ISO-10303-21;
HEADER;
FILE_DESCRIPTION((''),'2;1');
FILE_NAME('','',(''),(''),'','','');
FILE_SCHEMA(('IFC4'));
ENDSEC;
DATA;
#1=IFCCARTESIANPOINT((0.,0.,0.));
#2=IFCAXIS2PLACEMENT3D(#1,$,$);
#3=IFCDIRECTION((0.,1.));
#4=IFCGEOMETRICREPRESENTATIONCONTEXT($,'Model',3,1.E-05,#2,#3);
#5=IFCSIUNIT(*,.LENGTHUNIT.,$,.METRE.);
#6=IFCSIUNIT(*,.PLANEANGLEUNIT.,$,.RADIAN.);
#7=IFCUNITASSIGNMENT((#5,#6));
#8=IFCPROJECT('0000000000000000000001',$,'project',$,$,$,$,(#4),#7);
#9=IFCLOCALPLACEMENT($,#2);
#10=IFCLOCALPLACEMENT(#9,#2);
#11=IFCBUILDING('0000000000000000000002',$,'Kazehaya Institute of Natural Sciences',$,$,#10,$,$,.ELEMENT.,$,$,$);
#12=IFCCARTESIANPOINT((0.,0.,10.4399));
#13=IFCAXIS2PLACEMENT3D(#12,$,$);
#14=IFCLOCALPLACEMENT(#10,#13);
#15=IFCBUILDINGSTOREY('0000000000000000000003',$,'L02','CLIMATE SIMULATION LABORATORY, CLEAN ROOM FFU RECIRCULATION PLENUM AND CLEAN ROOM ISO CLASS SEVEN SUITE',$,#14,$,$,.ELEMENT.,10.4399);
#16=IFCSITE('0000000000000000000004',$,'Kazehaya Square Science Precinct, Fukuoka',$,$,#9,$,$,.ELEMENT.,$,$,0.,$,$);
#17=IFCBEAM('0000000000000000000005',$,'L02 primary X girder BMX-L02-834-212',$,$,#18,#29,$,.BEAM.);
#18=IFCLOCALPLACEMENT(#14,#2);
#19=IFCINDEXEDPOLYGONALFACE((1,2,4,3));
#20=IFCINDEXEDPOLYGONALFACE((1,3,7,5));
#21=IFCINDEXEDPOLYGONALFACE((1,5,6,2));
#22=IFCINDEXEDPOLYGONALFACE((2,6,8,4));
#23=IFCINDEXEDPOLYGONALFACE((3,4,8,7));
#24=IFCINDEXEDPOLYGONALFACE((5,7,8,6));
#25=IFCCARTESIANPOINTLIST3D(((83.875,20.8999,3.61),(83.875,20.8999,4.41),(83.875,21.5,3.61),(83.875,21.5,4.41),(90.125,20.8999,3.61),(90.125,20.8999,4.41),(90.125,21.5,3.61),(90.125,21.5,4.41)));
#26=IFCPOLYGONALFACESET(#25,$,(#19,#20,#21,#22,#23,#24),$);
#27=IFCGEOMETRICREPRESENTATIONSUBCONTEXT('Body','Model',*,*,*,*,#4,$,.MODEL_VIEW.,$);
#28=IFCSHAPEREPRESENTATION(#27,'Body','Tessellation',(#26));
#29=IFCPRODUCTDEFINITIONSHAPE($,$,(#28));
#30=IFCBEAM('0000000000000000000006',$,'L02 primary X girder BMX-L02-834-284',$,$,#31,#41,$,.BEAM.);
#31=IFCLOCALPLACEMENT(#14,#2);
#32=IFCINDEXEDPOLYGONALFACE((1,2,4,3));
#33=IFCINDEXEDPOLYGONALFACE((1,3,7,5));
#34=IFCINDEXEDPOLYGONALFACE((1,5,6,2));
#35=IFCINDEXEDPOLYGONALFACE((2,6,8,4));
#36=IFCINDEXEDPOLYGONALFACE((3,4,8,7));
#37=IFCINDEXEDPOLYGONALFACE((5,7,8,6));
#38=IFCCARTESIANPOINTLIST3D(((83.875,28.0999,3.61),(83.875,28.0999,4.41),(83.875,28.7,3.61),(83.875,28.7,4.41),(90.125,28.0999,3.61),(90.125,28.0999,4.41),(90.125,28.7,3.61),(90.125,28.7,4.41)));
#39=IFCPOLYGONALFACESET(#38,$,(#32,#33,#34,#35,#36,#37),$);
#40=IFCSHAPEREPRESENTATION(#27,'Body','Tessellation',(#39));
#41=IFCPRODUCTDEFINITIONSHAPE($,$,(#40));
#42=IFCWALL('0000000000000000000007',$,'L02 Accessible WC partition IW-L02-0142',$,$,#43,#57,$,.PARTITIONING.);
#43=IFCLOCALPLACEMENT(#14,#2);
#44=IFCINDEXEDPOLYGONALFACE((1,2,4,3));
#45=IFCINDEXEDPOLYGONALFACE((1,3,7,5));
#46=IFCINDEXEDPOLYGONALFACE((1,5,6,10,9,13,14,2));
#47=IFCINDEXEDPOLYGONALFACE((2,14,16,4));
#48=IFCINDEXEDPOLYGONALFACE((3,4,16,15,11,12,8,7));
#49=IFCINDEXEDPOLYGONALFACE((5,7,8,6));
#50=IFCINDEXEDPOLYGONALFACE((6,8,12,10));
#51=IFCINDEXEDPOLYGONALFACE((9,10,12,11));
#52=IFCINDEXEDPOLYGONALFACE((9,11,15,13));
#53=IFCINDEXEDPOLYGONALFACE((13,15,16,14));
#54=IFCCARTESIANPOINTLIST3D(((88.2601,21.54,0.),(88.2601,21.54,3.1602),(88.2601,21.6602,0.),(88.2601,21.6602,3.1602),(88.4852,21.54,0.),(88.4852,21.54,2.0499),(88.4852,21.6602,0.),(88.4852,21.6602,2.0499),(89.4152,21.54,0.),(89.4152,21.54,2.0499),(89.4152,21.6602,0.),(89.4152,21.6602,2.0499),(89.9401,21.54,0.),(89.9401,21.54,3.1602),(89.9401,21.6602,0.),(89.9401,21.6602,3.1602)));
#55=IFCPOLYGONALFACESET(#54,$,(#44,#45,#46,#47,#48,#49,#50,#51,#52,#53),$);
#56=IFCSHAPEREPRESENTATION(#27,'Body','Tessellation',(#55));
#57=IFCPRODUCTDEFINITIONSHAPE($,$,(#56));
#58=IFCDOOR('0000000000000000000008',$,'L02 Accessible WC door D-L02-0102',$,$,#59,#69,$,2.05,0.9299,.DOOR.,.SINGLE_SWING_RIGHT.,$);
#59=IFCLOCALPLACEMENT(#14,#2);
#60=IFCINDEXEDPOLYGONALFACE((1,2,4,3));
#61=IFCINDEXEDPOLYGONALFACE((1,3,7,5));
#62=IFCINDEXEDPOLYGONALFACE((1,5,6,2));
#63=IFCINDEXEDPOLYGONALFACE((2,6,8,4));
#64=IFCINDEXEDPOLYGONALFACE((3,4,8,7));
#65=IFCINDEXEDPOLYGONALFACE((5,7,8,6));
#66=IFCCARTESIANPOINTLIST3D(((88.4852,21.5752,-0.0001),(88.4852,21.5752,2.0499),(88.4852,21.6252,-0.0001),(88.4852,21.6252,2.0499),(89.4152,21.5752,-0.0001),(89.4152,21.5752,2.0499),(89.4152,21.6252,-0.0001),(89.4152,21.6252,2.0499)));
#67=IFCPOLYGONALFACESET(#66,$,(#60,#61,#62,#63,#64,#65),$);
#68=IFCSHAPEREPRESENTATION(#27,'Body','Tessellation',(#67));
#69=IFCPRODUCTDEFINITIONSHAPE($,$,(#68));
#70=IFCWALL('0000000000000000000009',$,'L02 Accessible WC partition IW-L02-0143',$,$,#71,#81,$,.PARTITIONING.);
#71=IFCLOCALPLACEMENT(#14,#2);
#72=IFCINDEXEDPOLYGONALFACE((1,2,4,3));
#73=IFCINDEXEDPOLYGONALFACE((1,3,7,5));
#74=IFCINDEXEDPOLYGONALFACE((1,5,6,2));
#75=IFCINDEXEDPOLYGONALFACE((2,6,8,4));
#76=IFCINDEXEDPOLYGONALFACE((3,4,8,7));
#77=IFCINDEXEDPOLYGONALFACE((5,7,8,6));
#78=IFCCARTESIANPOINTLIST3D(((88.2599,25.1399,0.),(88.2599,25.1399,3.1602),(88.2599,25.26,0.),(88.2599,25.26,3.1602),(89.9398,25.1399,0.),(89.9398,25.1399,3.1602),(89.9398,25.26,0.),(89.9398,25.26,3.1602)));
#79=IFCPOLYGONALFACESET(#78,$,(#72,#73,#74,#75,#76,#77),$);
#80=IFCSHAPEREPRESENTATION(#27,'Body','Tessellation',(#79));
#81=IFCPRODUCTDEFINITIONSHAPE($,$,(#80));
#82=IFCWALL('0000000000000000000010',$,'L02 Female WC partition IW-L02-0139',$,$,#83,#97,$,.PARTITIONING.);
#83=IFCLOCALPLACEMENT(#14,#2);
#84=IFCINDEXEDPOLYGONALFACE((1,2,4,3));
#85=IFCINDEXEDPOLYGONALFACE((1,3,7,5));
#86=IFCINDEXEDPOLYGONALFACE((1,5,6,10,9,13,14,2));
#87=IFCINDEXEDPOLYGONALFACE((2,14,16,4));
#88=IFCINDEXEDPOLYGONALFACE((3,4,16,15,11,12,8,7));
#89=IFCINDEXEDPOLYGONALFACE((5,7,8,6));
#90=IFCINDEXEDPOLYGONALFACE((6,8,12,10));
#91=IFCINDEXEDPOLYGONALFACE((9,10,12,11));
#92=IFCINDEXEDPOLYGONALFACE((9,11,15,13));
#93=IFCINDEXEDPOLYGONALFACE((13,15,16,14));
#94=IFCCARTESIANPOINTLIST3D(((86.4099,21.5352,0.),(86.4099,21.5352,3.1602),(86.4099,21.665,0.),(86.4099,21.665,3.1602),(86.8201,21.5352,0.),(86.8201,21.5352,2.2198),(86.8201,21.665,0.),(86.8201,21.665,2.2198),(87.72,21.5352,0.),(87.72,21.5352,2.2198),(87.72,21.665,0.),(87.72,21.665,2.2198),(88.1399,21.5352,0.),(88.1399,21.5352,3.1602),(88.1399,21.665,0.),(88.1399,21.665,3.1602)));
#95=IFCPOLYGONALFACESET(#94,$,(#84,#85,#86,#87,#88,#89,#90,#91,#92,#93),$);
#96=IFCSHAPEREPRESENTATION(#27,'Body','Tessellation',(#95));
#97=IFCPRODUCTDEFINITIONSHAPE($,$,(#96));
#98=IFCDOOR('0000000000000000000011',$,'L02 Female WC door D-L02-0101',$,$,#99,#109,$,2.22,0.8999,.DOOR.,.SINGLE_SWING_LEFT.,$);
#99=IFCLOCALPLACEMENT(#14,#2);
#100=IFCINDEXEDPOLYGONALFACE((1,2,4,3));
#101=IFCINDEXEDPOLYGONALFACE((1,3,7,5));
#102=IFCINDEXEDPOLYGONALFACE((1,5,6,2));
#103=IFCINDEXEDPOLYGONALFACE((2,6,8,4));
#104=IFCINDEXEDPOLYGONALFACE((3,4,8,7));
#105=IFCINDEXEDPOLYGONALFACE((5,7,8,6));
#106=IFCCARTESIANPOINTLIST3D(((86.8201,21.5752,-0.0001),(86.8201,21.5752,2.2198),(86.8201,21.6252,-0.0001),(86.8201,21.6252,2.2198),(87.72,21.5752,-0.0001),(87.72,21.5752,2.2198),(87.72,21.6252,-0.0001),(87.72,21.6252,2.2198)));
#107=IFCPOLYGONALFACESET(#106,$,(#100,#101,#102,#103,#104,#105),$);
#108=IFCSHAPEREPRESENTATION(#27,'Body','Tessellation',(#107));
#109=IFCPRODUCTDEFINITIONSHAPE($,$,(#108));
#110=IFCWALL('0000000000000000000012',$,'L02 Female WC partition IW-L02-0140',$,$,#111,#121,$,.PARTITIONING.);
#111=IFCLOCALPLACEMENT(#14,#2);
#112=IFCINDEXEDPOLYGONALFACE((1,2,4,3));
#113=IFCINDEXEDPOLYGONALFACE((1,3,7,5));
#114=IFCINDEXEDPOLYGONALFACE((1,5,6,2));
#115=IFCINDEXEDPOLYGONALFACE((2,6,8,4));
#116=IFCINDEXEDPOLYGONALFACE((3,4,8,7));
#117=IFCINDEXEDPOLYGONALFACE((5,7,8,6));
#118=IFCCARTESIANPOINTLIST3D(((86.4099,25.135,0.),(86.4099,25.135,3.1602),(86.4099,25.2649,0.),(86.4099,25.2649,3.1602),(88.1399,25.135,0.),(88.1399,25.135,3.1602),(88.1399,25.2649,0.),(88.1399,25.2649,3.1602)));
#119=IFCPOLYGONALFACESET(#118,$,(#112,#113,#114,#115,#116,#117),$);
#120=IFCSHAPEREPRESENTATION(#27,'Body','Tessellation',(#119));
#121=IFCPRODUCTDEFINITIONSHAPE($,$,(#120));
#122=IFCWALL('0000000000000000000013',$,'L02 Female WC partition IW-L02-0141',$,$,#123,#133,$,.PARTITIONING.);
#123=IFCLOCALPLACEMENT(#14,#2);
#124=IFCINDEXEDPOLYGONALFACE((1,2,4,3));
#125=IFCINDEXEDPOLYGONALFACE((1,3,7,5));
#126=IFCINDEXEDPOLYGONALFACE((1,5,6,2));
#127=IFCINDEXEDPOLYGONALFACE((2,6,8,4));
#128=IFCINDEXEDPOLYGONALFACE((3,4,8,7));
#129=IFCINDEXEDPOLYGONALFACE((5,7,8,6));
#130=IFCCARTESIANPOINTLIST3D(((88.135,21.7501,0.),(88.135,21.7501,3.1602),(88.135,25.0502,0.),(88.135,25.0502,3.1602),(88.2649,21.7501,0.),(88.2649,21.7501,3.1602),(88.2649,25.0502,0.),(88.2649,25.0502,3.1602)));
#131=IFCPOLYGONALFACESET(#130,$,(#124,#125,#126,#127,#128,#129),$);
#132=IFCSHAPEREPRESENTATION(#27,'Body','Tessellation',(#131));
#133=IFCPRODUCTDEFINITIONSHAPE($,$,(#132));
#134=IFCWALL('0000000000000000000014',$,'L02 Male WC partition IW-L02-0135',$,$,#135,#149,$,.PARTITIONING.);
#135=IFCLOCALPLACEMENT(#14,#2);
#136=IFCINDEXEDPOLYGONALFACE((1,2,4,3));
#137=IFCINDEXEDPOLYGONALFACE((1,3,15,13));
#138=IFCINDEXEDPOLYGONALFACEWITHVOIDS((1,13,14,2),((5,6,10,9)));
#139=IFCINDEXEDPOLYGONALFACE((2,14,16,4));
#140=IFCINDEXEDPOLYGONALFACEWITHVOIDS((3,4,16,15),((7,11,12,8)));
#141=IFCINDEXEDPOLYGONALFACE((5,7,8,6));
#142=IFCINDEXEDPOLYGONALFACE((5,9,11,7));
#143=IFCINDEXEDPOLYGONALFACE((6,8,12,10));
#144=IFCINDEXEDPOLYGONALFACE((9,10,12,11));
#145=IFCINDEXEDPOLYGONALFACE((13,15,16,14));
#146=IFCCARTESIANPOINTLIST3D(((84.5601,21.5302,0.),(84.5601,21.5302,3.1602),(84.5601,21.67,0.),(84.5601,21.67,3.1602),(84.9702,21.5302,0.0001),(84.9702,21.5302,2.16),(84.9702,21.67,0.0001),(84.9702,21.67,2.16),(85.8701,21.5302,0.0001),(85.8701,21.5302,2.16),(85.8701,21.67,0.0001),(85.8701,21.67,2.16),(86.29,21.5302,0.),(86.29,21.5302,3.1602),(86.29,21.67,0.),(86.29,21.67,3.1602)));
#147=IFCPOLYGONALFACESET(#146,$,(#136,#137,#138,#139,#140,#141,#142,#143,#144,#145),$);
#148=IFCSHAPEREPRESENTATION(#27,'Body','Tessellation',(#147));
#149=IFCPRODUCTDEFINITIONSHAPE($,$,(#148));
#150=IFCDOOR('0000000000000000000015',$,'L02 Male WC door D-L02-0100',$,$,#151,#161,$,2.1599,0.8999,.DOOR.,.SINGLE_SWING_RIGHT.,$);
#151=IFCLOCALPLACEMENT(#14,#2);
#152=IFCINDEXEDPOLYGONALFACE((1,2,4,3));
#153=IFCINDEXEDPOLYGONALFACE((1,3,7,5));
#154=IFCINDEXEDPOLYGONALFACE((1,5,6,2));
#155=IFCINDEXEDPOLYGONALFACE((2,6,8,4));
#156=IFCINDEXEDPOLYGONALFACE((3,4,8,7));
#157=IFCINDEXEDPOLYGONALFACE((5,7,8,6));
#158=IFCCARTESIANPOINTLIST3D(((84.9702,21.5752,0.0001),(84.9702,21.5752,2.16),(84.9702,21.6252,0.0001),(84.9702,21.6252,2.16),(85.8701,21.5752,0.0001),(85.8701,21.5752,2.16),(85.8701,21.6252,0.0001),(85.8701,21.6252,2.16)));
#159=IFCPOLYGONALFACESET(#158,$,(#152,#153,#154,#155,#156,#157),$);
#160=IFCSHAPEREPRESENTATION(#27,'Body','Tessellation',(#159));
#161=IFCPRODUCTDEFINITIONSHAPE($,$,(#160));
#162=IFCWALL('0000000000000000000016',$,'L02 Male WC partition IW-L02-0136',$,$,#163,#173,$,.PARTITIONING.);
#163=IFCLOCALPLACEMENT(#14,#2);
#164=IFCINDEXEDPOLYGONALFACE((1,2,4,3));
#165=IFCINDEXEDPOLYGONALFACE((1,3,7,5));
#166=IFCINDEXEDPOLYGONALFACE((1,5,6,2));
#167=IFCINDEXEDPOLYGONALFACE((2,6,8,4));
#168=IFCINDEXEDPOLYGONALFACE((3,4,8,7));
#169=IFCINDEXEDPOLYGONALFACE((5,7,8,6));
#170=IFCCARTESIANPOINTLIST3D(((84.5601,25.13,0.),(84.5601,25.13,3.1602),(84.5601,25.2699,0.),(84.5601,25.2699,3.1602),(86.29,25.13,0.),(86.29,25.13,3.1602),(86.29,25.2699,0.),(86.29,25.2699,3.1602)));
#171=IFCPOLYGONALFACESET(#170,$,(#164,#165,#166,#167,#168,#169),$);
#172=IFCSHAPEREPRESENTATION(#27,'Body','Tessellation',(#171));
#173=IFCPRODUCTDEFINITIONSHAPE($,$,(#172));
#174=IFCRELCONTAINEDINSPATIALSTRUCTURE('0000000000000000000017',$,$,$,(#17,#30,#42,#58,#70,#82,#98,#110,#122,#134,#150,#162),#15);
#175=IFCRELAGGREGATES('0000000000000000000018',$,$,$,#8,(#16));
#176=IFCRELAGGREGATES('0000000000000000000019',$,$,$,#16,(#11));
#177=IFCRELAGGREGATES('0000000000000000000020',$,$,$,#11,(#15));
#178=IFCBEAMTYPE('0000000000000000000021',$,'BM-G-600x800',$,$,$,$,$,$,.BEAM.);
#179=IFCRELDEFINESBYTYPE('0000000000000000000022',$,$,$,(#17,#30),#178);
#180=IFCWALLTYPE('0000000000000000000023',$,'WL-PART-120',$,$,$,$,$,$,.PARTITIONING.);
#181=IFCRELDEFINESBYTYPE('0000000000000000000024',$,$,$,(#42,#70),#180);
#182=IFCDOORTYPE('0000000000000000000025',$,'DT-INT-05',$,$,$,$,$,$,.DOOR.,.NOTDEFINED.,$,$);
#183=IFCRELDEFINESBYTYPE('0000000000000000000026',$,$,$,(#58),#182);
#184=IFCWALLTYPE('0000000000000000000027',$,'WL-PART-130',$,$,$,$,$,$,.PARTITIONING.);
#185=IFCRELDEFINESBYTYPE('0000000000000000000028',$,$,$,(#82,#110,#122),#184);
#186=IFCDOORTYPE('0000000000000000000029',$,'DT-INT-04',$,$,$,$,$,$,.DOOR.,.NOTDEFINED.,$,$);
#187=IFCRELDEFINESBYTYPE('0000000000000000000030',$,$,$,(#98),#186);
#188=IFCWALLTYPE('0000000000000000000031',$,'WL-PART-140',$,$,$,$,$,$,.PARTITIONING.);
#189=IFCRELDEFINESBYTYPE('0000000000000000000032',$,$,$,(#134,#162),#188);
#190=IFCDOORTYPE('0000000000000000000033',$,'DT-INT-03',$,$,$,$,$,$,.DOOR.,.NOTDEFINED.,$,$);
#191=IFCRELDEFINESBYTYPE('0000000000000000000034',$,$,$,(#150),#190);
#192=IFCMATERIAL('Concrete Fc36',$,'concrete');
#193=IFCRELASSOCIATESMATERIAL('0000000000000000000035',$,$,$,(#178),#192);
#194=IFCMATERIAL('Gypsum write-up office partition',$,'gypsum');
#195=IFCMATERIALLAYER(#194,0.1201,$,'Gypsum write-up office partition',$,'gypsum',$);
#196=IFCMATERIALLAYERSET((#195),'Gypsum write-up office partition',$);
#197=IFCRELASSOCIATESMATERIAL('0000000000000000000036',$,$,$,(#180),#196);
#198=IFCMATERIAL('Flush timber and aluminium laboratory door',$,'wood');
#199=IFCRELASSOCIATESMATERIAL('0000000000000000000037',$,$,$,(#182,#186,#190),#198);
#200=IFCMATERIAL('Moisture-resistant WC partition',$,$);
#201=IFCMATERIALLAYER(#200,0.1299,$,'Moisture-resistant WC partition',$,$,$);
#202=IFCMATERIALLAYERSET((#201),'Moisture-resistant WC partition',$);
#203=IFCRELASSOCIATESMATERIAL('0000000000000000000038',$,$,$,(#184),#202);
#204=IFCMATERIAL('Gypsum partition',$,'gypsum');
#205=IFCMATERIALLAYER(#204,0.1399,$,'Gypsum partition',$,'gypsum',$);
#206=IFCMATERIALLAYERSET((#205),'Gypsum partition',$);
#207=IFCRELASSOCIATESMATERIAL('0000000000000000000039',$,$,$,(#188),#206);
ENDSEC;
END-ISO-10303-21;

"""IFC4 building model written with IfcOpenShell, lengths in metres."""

from ifc_helpers import new_model, si_unit, direction, frame, frame_2d, origin, origin_2d, place, context, subcontext, project, spatial, rectangle, extrude, material, layer, layer_set, material_profile, profile_set, type_object, element, fill, save


model = new_model("IFC4")

# Units and contexts
model_context = context("Model", 3, precision=1e-05, world=origin(), true_north=direction((0.0, 1.0)))
body_context = subcontext(model_context, "Body", "Model", "MODEL_VIEW")
ifc_project = project(units=[si_unit("LENGTHUNIT", "METRE"), si_unit("PLANEANGLEUNIT", "RADIAN")], contexts=[model_context])

# Site, building, storey
site_placement = place(None, origin())
site = spatial("IfcSite", under=ifc_project, at=site_placement, Name="Kazehaya Square Science Precinct, Fukuoka", CompositionType="ELEMENT", RefElevation=0.0)
building_placement = place(site_placement, origin())
building = spatial("IfcBuilding", under=site, at=building_placement, Name="Kazehaya Institute of Natural Sciences", CompositionType="ELEMENT")
storey_placement = place(building_placement, frame((0.0, 0.0, 10.4399)))
storey = spatial("IfcBuildingStorey", under=building, at=storey_placement, Name="L02", Description="CLIMATE SIMULATION LABORATORY, CLEAN ROOM FFU RECIRCULATION PLENUM AND CLEAN ROOM ISO CLASS SEVEN SUITE", CompositionType="ELEMENT", Elevation=10.4399)

# Beams
ifc_material_1 = material(Name="Concrete Fc36", Category="concrete")
ifc_material_profile = material_profile(ifc_material_1, rectangle(XDim=0.6001, YDim=0.8, at=origin_2d()), Name="RC-600x800")
ifc_profile_set = profile_set([ifc_material_profile], Name="Concrete Fc36")
beam_type = type_object("IfcBeamType", Name="BM-G-600x800", PredefinedType="BEAM", material=ifc_profile_set)
for number, where, z_axis, x_axis, name in (
    (1, (83.875, 21.2, 4.01), (1.0, 0.0, 0.0), (0.0, 1.0, 0.0), "L02 primary X girder BMX-L02-834-212"),
    (2, (83.875, 28.3999, 4.01), (1.0, 0.0, 0.0), (0.0, 1.0, 0.0), "L02 primary X girder BMX-L02-834-284"),
):
    element("IfcBeam", number, at=place(storey_placement, frame(where, z_axis=z_axis, x_axis=x_axis)), inside=storey, type_object=beam_type, Name=name, PredefinedType="BEAM", context=body_context, shape_type="SweptSolid", body=[
        extrude(rectangle(XDim=0.6001, YDim=0.8, at=origin_2d()), origin(), (0.0, 0.0, 1.0), 6.25),
    ])

# Wall, opening, door
ifc_material_2 = material(Name="Gypsum write-up office partition", Category="gypsum")
ifc_layer_1 = layer(ifc_material_2, 0.1201, Name="Gypsum write-up office partition", Category="gypsum")
ifc_layer_set_1 = layer_set([ifc_layer_1], Name="Gypsum write-up office partition")
wall_type_1 = type_object("IfcWallType", Name="WL-PART-120", PredefinedType="PARTITIONING", material=ifc_layer_set_1)
wall_1_placement = place(storey_placement, frame((89.9399, 21.6001, 0.0), z_axis=(0.0, 0.0, 1.0), x_axis=(-1.0, 0.0, 0.0)))
wall_1 = element("IfcWall", 3, at=wall_1_placement, inside=storey, type_object=wall_type_1, Name="L02 Accessible WC partition IW-L02-0142", PredefinedType="PARTITIONING", context=body_context, shape_type="SweptSolid", body=[
    extrude(rectangle(XDim=1.6799, YDim=0.1201, at=frame_2d((0.8398, 0.0))), origin(), (0.0, 0.0, 1.0), 3.1602),
])
opening_1_placement = place(wall_1_placement, frame((0.5249, 0.0, 0.0)))
opening_1 = element("IfcOpeningElement", 4, at=opening_1_placement, cuts=wall_1, PredefinedType="OPENING", context=body_context, shape_type="SweptSolid", body=[
    extrude(rectangle(XDim=0.9299, YDim=2.05, at=frame_2d((0.4648, 1.0249))), frame((0.0, 0.0701, 0.0), z_axis=(0.0, -1.0, 0.0), x_axis=(1.0, 0.0, 0.0)), (0.0, 0.0, 1.0), 0.1401),
])
ifc_material_3 = material(Name="Flush timber and aluminium laboratory door", Category="wood")
door_type_1 = type_object("IfcDoorType", Name="DT-INT-05", OperationType="NOTDEFINED", PredefinedType="DOOR", material=ifc_material_3)
door_1_placement = place(opening_1_placement, origin())
door_1 = element("IfcDoor", 5, at=door_1_placement, inside=storey, type_object=door_type_1, Name="L02 Accessible WC door D-L02-0102", OperationType="SINGLE_SWING_RIGHT", OverallHeight=2.05, OverallWidth=0.9299, PredefinedType="DOOR", context=body_context, shape_type="SweptSolid", body=[
    extrude(rectangle(XDim=0.9299, YDim=2.05, at=frame_2d((0.4648, 1.0249))), frame((0.0, 0.0249, 0.0), z_axis=(0.0, -1.0, 0.0), x_axis=(1.0, 0.0, 0.0)), (0.0, 0.0, 1.0), 0.05),
])
fill(opening_1, door_1)

# Wall
wall_2_placement = place(storey_placement, frame((88.26, 25.2, 0.0), z_axis=(0.0, 0.0, 1.0), x_axis=(1.0, 0.0, 0.0)))
element("IfcWall", 6, at=wall_2_placement, inside=storey, type_object=wall_type_1, Name="L02 Accessible WC partition IW-L02-0143", PredefinedType="PARTITIONING", context=body_context, shape_type="SweptSolid", body=[
    extrude(rectangle(XDim=1.6799, YDim=0.1201, at=frame_2d((0.8398, 0.0))), origin(), (0.0, 0.0, 1.0), 3.1602),
])

# Wall, opening, door
ifc_material_4 = material(Name="Moisture-resistant WC partition")
ifc_layer_2 = layer(ifc_material_4, 0.1299, Name="Moisture-resistant WC partition")
ifc_layer_set_2 = layer_set([ifc_layer_2], Name="Moisture-resistant WC partition")
wall_type_2 = type_object("IfcWallType", Name="WL-PART-130", PredefinedType="PARTITIONING", material=ifc_layer_set_2)
wall_3_placement = place(storey_placement, frame((88.1399, 21.6001, 0.0), z_axis=(0.0, 0.0, 1.0), x_axis=(-1.0, 0.0, 0.0)))
wall_3 = element("IfcWall", 7, at=wall_3_placement, inside=storey, type_object=wall_type_2, Name="L02 Female WC partition IW-L02-0139", PredefinedType="PARTITIONING", context=body_context, shape_type="SweptSolid", body=[
    extrude(rectangle(XDim=1.73, YDim=0.1299, at=frame_2d((0.865, 0.0))), origin(), (0.0, 0.0, 1.0), 3.1602),
])
opening_2_placement = place(wall_3_placement, frame((0.4199, 0.0, 0.0)))
opening_2 = element("IfcOpeningElement", 8, at=opening_2_placement, cuts=wall_3, PredefinedType="OPENING", context=body_context, shape_type="SweptSolid", body=[
    extrude(rectangle(XDim=0.8999, YDim=2.22, at=frame_2d((0.45, 1.1099))), frame((0.0, 0.075, 0.0), z_axis=(0.0, -1.0, 0.0), x_axis=(1.0, 0.0, 0.0)), (0.0, 0.0, 1.0), 0.1499),
])
door_type_2 = type_object("IfcDoorType", Name="DT-INT-04", OperationType="NOTDEFINED", PredefinedType="DOOR", material=ifc_material_3)
door_2_placement = place(opening_2_placement, origin())
door_2 = element("IfcDoor", 9, at=door_2_placement, inside=storey, type_object=door_type_2, Name="L02 Female WC door D-L02-0101", OperationType="SINGLE_SWING_LEFT", OverallHeight=2.22, OverallWidth=0.8999, PredefinedType="DOOR", context=body_context, shape_type="SweptSolid", body=[
    extrude(rectangle(XDim=0.8999, YDim=2.22, at=frame_2d((0.45, 1.1099))), frame((0.0, 0.0249, 0.0), z_axis=(0.0, -1.0, 0.0), x_axis=(1.0, 0.0, 0.0)), (0.0, 0.0, 1.0), 0.05),
])
fill(opening_2, door_2)

# Walls
wall_4_placement = place(storey_placement, frame((86.4099, 25.2, 0.0), z_axis=(0.0, 0.0, 1.0), x_axis=(1.0, 0.0, 0.0)))
element("IfcWall", 10, at=wall_4_placement, inside=storey, type_object=wall_type_2, Name="L02 Female WC partition IW-L02-0140", PredefinedType="PARTITIONING", context=body_context, shape_type="SweptSolid", body=[
    extrude(rectangle(XDim=1.73, YDim=0.1299, at=frame_2d((0.865, 0.0))), origin(), (0.0, 0.0, 1.0), 3.1602),
])
wall_5_placement = place(storey_placement, frame((88.2, 25.05, 0.0), z_axis=(0.0, 0.0, 1.0), x_axis=(0.0, -1.0, 0.0)))
element("IfcWall", 11, at=wall_5_placement, inside=storey, type_object=wall_type_2, Name="L02 Female WC partition IW-L02-0141", PredefinedType="PARTITIONING", context=body_context, shape_type="SweptSolid", body=[
    extrude(rectangle(XDim=3.3, YDim=0.1299, at=frame_2d((1.6499, 0.0))), origin(), (0.0, 0.0, 1.0), 3.1602),
])

# Wall, opening, door
ifc_material_5 = material(Name="Gypsum partition", Category="gypsum")
ifc_layer_3 = layer(ifc_material_5, 0.1399, Name="Gypsum partition", Category="gypsum")
ifc_layer_set_3 = layer_set([ifc_layer_3], Name="Gypsum partition")
wall_type_3 = type_object("IfcWallType", Name="WL-PART-140", PredefinedType="PARTITIONING", material=ifc_layer_set_3)
wall_6_placement = place(storey_placement, frame((86.29, 21.6001, 0.0), z_axis=(0.0, 0.0, 1.0), x_axis=(-1.0, 0.0, 0.0)))
wall_6 = element("IfcWall", 12, at=wall_6_placement, inside=storey, type_object=wall_type_3, Name="L02 Male WC partition IW-L02-0135", PredefinedType="PARTITIONING", context=body_context, shape_type="SweptSolid", body=[
    extrude(rectangle(XDim=1.73, YDim=0.1399, at=frame_2d((0.865, 0.0))), origin(), (0.0, 0.0, 1.0), 3.1602),
])
opening_3_placement = place(wall_6_placement, frame((0.4199, 0.0, 0.0)))
opening_3 = element("IfcOpeningElement", 13, at=opening_3_placement, cuts=wall_6, PredefinedType="OPENING", context=body_context, shape_type="SweptSolid", body=[
    extrude(rectangle(XDim=0.8999, YDim=2.1599, at=frame_2d((0.45, 1.0801))), frame((0.0, 0.0798, 0.0), z_axis=(0.0, -1.0, 0.0), x_axis=(1.0, 0.0, 0.0)), (0.0, 0.0, 1.0), 0.1599),
])
door_type_3 = type_object("IfcDoorType", Name="DT-INT-03", OperationType="NOTDEFINED", PredefinedType="DOOR", material=ifc_material_3)
door_3_placement = place(opening_3_placement, origin())
door_3 = element("IfcDoor", 14, at=door_3_placement, inside=storey, type_object=door_type_3, Name="L02 Male WC door D-L02-0100", OperationType="SINGLE_SWING_RIGHT", OverallHeight=2.1599, OverallWidth=0.8999, PredefinedType="DOOR", context=body_context, shape_type="SweptSolid", body=[
    extrude(rectangle(XDim=0.8999, YDim=2.1599, at=frame_2d((0.45, 1.0801))), frame((0.0, 0.0249, 0.0), z_axis=(0.0, -1.0, 0.0), x_axis=(1.0, 0.0, 0.0)), (0.0, 0.0, 1.0), 0.05),
])
fill(opening_3, door_3)

# Wall
wall_7_placement = place(storey_placement, frame((84.5601, 25.2, 0.0), z_axis=(0.0, 0.0, 1.0), x_axis=(1.0, 0.0, 0.0)))
element("IfcWall", 15, at=wall_7_placement, inside=storey, type_object=wall_type_3, Name="L02 Male WC partition IW-L02-0136", PredefinedType="PARTITIONING", context=body_context, shape_type="SweptSolid", body=[
    extrude(rectangle(XDim=1.73, YDim=0.1399, at=frame_2d((0.865, 0.0))), origin(), (0.0, 0.0, 1.0), 3.1602),
])

save(model, "model.ifc")
